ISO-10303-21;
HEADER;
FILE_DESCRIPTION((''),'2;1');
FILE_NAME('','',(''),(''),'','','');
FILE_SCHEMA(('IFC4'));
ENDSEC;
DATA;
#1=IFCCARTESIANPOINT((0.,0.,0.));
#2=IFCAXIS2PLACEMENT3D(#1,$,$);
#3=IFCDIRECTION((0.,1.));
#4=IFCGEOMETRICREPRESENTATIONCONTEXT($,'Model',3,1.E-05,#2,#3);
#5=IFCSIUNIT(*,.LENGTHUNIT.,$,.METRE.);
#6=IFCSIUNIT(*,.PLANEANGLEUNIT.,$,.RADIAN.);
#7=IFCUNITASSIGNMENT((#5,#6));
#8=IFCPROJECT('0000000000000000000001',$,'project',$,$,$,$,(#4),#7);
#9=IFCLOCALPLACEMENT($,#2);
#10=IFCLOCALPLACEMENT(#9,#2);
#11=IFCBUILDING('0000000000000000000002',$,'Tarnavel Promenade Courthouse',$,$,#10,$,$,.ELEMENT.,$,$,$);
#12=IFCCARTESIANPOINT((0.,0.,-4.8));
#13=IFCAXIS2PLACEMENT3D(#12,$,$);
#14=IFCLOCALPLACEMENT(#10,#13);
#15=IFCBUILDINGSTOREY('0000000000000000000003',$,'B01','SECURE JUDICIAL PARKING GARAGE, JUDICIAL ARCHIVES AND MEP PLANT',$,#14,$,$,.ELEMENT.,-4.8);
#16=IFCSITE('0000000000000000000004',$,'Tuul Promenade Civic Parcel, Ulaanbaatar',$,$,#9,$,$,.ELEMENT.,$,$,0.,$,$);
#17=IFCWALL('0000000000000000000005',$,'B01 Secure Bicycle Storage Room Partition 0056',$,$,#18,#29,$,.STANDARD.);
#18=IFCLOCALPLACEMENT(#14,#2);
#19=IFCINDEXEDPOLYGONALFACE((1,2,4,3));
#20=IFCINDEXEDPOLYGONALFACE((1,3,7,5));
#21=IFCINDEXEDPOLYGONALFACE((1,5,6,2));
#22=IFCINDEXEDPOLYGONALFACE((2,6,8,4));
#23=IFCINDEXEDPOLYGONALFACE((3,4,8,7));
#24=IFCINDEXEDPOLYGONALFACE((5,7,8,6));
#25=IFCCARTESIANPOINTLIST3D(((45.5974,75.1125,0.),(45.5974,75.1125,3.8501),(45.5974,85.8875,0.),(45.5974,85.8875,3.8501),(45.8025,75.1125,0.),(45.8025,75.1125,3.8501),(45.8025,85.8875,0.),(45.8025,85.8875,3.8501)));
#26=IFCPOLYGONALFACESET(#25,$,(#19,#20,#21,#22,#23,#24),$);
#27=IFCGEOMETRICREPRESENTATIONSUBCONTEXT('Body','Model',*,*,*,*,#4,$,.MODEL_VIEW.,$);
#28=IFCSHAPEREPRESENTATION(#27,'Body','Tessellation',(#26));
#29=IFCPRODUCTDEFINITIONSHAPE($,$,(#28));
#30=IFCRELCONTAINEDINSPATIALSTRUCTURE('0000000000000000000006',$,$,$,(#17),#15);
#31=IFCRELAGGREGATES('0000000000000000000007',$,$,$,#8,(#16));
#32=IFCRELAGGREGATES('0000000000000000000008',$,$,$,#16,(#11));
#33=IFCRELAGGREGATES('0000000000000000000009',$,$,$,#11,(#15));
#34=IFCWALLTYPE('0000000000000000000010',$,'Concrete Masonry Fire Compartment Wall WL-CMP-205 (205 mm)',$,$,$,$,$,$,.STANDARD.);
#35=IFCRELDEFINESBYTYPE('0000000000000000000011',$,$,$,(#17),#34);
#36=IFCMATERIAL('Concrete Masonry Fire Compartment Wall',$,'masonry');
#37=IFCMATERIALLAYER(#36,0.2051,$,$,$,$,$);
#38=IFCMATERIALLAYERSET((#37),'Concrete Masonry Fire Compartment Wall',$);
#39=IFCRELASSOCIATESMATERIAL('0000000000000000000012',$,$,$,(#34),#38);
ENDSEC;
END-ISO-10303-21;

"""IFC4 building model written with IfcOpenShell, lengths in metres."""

from ifc_helpers import new_model, si_unit, direction, frame, frame_2d, origin, place, context, subcontext, project, spatial, rectangle, extrude, material, layer, layer_set, type_object, element, save


model = new_model("IFC4")

# Units and contexts
model_context = context("Model", 3, precision=1e-05, world=origin(), true_north=direction((0.0, 1.0)))
body_context = subcontext(model_context, "Body", "Model", "MODEL_VIEW")
ifc_project = project(units=[si_unit("LENGTHUNIT", "METRE"), si_unit("PLANEANGLEUNIT", "RADIAN")], contexts=[model_context])

# Site, building, storey
site_placement = place(None, origin())
site = spatial("IfcSite", under=ifc_project, at=site_placement, Name="Tuul Promenade Civic Parcel, Ulaanbaatar", CompositionType="ELEMENT", RefElevation=0.0)
building_placement = place(site_placement, origin())
building = spatial("IfcBuilding", under=site, at=building_placement, Name="Tarnavel Promenade Courthouse", CompositionType="ELEMENT")
storey_placement = place(building_placement, frame((0.0, 0.0, -4.8)))
storey = spatial("IfcBuildingStorey", under=building, at=storey_placement, Name="B01", Description="SECURE JUDICIAL PARKING GARAGE, JUDICIAL ARCHIVES AND MEP PLANT", CompositionType="ELEMENT", Elevation=-4.8)

# Shared definitions
ifc_material_1 = material(Name="Concrete Masonry Fire Compartment Wall", Category="masonry")
ifc_layer = layer(ifc_material_1, 0.2051)
ifc_layer_set = layer_set([ifc_layer], Name="Concrete Masonry Fire Compartment Wall")
wall_type = type_object("IfcWallType", Name="Concrete Masonry Fire Compartment Wall WL-CMP-205 (205 mm)", PredefinedType="STANDARD", material=ifc_layer_set)

# Wall
wall_1_placement = place(storey_placement, frame((45.7, 85.8875, 0.0), z_axis=(0.0, 0.0, 1.0), x_axis=(0.0, -1.0, 0.0)))
element("IfcWall", 1, at=wall_1_placement, inside=storey, type_object=wall_type, Name="B01 Secure Bicycle Storage Room Partition 0056", PredefinedType="STANDARD", context=body_context, shape_type="SweptSolid", body=[
    extrude(rectangle(XDim=10.7749, YDim=0.2051, at=frame_2d((5.3875, 0.0))), origin(), (0.0, 0.0, 1.0), 3.8501),
])

save(model, "model.ifc")
